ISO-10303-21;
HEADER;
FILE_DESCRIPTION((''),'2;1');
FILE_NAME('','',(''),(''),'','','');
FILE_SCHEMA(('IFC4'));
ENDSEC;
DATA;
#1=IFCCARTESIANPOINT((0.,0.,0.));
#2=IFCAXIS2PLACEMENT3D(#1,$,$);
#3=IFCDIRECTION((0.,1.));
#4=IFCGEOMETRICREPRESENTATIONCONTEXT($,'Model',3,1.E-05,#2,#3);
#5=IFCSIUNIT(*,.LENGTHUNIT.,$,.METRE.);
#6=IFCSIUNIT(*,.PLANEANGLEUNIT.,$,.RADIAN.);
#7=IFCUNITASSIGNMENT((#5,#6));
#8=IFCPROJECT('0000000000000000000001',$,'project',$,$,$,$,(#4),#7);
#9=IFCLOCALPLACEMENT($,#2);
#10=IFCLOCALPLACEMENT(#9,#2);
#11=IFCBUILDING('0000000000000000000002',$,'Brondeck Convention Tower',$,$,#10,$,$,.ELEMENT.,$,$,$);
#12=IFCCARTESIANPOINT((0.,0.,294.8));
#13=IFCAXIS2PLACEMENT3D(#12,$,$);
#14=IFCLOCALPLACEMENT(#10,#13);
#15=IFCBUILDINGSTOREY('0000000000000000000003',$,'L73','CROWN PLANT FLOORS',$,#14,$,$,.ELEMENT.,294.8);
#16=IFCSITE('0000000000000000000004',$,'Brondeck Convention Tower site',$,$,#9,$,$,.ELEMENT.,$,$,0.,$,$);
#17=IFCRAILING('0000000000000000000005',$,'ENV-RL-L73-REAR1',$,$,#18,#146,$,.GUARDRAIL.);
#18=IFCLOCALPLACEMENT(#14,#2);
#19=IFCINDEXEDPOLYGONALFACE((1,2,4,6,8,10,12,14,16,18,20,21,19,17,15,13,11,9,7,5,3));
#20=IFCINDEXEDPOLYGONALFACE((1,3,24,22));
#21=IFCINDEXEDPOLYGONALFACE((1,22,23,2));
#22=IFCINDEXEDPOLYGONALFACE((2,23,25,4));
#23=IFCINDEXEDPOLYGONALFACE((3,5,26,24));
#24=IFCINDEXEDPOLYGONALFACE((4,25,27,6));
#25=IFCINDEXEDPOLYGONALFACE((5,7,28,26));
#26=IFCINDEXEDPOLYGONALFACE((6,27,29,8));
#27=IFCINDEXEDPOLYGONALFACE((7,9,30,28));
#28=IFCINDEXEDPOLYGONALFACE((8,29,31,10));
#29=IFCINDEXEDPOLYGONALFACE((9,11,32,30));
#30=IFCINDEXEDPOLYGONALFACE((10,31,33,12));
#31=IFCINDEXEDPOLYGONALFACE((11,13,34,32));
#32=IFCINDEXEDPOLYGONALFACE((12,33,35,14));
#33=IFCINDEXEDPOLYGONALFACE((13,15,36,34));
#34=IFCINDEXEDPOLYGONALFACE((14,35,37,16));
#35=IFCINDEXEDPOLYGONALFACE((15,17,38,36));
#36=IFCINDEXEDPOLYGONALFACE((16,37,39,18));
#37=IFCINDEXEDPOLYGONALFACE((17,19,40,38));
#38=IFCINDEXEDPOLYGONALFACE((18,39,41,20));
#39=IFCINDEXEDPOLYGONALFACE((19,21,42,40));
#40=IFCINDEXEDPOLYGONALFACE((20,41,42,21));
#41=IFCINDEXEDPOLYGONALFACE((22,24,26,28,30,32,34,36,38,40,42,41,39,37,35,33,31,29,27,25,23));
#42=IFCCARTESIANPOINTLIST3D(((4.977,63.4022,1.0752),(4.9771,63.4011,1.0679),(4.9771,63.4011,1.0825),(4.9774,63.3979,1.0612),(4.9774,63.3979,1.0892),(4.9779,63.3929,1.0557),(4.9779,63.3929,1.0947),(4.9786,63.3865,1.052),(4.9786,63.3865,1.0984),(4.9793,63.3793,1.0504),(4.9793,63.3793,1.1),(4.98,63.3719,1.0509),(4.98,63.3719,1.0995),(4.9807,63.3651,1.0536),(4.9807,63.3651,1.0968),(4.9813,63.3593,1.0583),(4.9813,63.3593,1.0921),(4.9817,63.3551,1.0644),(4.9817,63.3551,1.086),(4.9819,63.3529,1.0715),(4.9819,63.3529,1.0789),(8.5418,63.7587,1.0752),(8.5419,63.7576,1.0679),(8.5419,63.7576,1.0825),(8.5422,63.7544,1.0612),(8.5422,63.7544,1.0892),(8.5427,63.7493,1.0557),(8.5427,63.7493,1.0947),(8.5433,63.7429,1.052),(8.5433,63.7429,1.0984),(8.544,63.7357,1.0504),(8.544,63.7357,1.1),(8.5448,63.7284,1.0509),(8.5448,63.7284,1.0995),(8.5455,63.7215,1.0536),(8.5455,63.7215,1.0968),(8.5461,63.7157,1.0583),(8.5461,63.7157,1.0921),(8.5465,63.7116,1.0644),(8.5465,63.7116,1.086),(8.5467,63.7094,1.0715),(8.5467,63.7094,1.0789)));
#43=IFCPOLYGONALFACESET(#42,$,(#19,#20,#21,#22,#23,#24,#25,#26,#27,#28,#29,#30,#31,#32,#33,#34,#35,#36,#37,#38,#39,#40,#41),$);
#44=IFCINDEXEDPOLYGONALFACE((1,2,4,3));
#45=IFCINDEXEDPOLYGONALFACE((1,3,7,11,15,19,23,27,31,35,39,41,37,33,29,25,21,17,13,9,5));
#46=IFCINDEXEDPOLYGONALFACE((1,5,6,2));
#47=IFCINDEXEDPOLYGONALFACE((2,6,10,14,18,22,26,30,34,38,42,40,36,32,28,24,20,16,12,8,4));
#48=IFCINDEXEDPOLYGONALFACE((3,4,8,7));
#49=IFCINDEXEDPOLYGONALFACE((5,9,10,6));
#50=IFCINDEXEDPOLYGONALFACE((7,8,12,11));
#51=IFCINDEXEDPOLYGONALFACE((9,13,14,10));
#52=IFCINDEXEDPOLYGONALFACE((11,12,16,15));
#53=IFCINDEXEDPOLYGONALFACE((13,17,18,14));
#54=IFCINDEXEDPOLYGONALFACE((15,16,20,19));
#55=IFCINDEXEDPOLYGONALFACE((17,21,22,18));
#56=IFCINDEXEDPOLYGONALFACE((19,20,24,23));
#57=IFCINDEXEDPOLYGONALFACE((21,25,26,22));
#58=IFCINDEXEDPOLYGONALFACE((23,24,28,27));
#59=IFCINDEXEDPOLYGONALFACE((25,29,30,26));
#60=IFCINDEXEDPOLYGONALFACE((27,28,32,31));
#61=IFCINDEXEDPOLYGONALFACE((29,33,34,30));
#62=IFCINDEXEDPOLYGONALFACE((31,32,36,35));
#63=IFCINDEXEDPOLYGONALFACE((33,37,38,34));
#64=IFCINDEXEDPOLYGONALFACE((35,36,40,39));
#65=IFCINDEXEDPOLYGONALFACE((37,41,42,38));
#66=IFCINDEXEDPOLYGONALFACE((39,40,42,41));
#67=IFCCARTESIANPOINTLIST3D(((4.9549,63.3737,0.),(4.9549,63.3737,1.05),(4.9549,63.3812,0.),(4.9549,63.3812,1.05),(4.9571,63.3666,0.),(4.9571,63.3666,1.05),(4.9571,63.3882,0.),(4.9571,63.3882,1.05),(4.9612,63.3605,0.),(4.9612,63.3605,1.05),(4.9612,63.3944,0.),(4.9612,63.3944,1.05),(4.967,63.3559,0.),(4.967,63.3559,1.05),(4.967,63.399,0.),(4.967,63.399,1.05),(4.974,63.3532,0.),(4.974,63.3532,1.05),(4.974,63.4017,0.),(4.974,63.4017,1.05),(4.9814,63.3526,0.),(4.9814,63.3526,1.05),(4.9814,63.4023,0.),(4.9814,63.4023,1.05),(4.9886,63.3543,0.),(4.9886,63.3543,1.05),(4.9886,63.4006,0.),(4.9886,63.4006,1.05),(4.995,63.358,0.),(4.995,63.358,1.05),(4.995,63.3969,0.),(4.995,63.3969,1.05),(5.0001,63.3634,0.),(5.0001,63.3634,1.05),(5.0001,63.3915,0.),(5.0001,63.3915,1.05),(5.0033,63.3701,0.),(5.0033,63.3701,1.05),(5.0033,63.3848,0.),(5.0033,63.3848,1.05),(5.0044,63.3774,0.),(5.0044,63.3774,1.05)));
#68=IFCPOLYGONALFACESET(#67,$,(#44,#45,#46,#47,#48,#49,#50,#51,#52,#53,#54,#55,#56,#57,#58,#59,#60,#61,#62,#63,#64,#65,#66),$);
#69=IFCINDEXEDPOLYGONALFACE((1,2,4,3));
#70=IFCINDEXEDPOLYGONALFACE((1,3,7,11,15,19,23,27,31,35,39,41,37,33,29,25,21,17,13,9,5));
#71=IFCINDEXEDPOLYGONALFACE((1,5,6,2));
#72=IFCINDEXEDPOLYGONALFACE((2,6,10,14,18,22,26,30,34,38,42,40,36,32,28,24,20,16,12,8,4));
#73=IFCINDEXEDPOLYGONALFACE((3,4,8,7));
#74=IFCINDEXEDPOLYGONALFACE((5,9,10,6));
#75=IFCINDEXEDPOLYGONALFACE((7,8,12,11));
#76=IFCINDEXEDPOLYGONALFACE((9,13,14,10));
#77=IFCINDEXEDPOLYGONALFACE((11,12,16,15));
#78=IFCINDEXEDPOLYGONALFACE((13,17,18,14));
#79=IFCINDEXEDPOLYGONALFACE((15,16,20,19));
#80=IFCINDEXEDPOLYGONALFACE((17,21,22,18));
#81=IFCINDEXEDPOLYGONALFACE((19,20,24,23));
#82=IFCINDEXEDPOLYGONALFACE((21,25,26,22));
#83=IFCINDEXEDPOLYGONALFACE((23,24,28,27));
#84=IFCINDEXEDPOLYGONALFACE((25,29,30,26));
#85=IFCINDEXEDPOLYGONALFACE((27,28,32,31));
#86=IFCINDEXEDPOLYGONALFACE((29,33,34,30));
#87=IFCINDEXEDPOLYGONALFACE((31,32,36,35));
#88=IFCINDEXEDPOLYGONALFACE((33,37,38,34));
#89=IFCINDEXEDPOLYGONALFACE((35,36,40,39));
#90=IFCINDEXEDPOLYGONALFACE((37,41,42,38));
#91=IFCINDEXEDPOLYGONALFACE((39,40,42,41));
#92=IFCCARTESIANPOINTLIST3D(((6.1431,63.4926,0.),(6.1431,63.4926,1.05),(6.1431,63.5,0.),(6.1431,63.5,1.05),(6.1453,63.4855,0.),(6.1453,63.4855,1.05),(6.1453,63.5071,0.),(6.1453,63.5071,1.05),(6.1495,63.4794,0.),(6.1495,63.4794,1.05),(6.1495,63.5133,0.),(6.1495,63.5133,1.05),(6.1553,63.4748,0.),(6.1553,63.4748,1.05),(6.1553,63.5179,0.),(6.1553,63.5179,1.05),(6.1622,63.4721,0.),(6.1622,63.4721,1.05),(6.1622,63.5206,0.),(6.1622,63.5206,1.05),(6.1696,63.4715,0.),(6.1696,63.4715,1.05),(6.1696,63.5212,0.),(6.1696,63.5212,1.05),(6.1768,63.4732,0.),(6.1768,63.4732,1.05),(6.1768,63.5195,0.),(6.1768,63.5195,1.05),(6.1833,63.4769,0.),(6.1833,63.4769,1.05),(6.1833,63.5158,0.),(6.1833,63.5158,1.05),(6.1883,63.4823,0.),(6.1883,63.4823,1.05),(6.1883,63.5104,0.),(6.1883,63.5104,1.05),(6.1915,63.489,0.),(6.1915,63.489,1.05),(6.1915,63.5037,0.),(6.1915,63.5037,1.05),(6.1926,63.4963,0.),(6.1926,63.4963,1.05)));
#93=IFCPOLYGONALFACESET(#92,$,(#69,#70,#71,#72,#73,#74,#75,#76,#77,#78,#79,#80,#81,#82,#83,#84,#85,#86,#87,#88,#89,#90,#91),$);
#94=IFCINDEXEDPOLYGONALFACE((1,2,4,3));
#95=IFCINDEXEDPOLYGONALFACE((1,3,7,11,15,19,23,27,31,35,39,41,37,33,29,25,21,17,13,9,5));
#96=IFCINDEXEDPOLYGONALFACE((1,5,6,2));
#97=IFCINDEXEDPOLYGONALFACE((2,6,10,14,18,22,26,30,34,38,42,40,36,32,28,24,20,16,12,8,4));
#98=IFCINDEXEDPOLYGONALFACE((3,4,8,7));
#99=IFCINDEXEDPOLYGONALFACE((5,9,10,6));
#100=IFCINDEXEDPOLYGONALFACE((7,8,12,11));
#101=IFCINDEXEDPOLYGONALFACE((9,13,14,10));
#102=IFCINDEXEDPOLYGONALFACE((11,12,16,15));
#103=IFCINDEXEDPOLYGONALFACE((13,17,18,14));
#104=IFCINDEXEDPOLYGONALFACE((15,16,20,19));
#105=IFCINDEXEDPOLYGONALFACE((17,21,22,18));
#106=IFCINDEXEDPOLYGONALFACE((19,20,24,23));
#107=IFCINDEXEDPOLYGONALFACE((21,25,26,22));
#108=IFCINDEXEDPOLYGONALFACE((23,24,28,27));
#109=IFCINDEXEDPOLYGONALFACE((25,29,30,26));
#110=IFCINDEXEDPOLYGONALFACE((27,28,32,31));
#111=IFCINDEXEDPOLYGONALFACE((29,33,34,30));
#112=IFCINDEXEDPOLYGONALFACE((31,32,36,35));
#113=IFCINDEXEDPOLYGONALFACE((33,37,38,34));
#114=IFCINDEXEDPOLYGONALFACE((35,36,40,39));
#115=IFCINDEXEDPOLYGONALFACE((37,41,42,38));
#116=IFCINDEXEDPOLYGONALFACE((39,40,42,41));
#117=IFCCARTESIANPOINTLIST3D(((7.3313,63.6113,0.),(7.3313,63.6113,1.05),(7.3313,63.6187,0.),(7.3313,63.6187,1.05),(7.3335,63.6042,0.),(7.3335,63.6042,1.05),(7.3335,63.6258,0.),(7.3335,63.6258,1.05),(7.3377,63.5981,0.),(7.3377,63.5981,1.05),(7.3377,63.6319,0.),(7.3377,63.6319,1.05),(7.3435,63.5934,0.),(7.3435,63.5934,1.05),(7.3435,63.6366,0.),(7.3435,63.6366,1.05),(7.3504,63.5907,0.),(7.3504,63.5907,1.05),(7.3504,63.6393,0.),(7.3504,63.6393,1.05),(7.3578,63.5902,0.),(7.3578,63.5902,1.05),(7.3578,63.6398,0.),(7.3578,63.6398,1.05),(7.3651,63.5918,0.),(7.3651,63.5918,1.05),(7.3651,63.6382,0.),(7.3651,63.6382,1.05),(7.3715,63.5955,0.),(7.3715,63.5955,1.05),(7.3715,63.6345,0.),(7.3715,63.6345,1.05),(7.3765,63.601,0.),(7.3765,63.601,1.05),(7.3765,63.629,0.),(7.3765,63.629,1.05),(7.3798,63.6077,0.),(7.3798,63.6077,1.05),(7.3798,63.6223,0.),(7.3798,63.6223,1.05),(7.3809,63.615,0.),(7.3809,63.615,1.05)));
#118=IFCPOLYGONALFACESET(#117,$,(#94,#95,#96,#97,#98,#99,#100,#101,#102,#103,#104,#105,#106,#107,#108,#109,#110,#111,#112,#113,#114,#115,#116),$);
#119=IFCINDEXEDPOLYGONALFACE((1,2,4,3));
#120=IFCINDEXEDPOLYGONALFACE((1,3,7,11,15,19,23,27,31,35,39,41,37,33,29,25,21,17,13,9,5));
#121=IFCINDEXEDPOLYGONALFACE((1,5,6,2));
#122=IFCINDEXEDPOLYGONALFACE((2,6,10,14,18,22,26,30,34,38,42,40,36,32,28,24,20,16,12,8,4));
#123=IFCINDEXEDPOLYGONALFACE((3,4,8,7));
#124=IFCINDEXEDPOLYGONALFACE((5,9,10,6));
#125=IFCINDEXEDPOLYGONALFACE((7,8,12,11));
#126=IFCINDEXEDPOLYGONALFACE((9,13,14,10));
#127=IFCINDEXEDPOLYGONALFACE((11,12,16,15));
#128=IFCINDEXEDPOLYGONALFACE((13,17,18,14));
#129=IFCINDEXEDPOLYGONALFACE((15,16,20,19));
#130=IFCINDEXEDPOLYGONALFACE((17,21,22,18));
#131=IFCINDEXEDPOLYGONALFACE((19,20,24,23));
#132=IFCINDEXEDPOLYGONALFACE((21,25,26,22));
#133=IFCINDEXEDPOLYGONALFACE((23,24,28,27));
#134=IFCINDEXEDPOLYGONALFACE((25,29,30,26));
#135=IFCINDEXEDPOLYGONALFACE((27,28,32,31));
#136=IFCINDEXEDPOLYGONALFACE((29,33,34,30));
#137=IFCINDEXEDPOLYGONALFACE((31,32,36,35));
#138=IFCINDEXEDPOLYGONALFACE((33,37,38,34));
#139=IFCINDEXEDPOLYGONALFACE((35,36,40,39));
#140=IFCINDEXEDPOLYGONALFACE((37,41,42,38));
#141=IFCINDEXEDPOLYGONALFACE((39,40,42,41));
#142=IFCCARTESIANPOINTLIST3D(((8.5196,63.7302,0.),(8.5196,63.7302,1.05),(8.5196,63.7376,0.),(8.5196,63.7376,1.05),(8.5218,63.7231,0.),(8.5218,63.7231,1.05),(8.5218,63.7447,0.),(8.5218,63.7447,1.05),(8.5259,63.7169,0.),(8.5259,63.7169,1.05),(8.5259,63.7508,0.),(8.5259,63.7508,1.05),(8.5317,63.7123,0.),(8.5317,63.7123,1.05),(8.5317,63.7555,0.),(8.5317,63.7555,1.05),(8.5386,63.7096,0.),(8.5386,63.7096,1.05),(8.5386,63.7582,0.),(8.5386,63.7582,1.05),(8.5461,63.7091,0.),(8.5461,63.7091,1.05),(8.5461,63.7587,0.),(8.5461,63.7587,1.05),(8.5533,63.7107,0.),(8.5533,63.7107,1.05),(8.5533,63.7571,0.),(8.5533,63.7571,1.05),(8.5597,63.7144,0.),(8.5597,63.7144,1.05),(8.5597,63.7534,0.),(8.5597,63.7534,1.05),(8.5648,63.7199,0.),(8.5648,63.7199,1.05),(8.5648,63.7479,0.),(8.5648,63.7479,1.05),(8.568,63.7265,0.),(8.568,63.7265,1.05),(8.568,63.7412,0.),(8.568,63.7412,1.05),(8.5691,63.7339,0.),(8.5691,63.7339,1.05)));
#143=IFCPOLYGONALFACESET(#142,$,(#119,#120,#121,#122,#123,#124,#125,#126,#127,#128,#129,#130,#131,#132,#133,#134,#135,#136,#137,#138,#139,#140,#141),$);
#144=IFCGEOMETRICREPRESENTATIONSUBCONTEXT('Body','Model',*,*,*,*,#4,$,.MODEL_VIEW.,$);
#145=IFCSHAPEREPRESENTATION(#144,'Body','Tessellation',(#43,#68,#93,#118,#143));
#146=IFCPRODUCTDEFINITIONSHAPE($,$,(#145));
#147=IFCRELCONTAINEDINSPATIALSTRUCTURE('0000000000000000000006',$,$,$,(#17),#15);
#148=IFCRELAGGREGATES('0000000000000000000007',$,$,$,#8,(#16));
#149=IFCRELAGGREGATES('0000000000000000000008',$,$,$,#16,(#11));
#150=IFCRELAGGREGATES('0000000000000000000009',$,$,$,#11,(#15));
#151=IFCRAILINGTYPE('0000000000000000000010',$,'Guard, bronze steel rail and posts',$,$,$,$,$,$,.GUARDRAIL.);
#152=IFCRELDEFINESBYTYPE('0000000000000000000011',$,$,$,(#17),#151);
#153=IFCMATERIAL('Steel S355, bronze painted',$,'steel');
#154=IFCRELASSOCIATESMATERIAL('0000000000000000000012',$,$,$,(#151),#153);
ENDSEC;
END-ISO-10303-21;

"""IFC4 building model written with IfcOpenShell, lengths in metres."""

from ifc_helpers import new_model, si_unit, direction, frame, origin, origin_2d, place, context, subcontext, project, spatial, circle, extrude, material, type_object, element, save


model = new_model("IFC4")

# Units and contexts
model_context = context("Model", 3, precision=1e-05, world=origin(), true_north=direction((0.0, 1.0)))
body_context = subcontext(model_context, "Body", "Model", "MODEL_VIEW")
ifc_project = project(units=[si_unit("LENGTHUNIT", "METRE"), si_unit("PLANEANGLEUNIT", "RADIAN")], contexts=[model_context])

# Site, building, storey
site_placement = place(None, origin())
site = spatial("IfcSite", under=ifc_project, at=site_placement, Name="Brondeck Convention Tower site", CompositionType="ELEMENT", RefElevation=0.0)
building_placement = place(site_placement, origin())
building = spatial("IfcBuilding", under=site, at=building_placement, Name="Brondeck Convention Tower", CompositionType="ELEMENT")
storey_placement = place(building_placement, frame((0.0, 0.0, 294.8)))
storey = spatial("IfcBuildingStorey", under=building, at=storey_placement, Name="L73", Description="CROWN PLANT FLOORS", CompositionType="ELEMENT", Elevation=294.8)

# Railing
ifc_material_1 = material(Name="Steel S355, bronze painted", Category="steel")
railing_type_1 = type_object("IfcRailingType", Name="Guard, bronze steel rail and posts", PredefinedType="GUARDRAIL", material=ifc_material_1)
railing_1_placement = place(storey_placement, frame((4.9795, 63.3774, 0.0)))
element("IfcRailing", 1, at=railing_1_placement, inside=storey, type_object=railing_type_1, Name="ENV-RL-L73-REAR1", PredefinedType="GUARDRAIL", context=body_context, shape_type="SweptSolid", body=[
    extrude(circle(Radius=0.0249, at=origin_2d()), frame((0.0, 0.0, 1.0752), z_axis=(0.995038, 0.099497, 0.0), x_axis=(-0.099497, 0.995038, 0.0)), (0.0, 0.0, 1.0), 3.5825),
    extrude(circle(Radius=0.0249, at=origin_2d()), origin(), (0.0, 0.0, 1.0), 1.05),
    extrude(circle(Radius=0.0249, at=origin_2d()), frame((1.1882, 0.1189, 0.0)), (0.0, 0.0, 1.0), 1.05),
    extrude(circle(Radius=0.0249, at=origin_2d()), frame((2.3765, 0.2375, 0.0)), (0.0, 0.0, 1.0), 1.05),
    extrude(circle(Radius=0.0249, at=origin_2d()), frame((3.5647, 0.3564, 0.0)), (0.0, 0.0, 1.0), 1.05),
])

save(model, "model.ifc")
